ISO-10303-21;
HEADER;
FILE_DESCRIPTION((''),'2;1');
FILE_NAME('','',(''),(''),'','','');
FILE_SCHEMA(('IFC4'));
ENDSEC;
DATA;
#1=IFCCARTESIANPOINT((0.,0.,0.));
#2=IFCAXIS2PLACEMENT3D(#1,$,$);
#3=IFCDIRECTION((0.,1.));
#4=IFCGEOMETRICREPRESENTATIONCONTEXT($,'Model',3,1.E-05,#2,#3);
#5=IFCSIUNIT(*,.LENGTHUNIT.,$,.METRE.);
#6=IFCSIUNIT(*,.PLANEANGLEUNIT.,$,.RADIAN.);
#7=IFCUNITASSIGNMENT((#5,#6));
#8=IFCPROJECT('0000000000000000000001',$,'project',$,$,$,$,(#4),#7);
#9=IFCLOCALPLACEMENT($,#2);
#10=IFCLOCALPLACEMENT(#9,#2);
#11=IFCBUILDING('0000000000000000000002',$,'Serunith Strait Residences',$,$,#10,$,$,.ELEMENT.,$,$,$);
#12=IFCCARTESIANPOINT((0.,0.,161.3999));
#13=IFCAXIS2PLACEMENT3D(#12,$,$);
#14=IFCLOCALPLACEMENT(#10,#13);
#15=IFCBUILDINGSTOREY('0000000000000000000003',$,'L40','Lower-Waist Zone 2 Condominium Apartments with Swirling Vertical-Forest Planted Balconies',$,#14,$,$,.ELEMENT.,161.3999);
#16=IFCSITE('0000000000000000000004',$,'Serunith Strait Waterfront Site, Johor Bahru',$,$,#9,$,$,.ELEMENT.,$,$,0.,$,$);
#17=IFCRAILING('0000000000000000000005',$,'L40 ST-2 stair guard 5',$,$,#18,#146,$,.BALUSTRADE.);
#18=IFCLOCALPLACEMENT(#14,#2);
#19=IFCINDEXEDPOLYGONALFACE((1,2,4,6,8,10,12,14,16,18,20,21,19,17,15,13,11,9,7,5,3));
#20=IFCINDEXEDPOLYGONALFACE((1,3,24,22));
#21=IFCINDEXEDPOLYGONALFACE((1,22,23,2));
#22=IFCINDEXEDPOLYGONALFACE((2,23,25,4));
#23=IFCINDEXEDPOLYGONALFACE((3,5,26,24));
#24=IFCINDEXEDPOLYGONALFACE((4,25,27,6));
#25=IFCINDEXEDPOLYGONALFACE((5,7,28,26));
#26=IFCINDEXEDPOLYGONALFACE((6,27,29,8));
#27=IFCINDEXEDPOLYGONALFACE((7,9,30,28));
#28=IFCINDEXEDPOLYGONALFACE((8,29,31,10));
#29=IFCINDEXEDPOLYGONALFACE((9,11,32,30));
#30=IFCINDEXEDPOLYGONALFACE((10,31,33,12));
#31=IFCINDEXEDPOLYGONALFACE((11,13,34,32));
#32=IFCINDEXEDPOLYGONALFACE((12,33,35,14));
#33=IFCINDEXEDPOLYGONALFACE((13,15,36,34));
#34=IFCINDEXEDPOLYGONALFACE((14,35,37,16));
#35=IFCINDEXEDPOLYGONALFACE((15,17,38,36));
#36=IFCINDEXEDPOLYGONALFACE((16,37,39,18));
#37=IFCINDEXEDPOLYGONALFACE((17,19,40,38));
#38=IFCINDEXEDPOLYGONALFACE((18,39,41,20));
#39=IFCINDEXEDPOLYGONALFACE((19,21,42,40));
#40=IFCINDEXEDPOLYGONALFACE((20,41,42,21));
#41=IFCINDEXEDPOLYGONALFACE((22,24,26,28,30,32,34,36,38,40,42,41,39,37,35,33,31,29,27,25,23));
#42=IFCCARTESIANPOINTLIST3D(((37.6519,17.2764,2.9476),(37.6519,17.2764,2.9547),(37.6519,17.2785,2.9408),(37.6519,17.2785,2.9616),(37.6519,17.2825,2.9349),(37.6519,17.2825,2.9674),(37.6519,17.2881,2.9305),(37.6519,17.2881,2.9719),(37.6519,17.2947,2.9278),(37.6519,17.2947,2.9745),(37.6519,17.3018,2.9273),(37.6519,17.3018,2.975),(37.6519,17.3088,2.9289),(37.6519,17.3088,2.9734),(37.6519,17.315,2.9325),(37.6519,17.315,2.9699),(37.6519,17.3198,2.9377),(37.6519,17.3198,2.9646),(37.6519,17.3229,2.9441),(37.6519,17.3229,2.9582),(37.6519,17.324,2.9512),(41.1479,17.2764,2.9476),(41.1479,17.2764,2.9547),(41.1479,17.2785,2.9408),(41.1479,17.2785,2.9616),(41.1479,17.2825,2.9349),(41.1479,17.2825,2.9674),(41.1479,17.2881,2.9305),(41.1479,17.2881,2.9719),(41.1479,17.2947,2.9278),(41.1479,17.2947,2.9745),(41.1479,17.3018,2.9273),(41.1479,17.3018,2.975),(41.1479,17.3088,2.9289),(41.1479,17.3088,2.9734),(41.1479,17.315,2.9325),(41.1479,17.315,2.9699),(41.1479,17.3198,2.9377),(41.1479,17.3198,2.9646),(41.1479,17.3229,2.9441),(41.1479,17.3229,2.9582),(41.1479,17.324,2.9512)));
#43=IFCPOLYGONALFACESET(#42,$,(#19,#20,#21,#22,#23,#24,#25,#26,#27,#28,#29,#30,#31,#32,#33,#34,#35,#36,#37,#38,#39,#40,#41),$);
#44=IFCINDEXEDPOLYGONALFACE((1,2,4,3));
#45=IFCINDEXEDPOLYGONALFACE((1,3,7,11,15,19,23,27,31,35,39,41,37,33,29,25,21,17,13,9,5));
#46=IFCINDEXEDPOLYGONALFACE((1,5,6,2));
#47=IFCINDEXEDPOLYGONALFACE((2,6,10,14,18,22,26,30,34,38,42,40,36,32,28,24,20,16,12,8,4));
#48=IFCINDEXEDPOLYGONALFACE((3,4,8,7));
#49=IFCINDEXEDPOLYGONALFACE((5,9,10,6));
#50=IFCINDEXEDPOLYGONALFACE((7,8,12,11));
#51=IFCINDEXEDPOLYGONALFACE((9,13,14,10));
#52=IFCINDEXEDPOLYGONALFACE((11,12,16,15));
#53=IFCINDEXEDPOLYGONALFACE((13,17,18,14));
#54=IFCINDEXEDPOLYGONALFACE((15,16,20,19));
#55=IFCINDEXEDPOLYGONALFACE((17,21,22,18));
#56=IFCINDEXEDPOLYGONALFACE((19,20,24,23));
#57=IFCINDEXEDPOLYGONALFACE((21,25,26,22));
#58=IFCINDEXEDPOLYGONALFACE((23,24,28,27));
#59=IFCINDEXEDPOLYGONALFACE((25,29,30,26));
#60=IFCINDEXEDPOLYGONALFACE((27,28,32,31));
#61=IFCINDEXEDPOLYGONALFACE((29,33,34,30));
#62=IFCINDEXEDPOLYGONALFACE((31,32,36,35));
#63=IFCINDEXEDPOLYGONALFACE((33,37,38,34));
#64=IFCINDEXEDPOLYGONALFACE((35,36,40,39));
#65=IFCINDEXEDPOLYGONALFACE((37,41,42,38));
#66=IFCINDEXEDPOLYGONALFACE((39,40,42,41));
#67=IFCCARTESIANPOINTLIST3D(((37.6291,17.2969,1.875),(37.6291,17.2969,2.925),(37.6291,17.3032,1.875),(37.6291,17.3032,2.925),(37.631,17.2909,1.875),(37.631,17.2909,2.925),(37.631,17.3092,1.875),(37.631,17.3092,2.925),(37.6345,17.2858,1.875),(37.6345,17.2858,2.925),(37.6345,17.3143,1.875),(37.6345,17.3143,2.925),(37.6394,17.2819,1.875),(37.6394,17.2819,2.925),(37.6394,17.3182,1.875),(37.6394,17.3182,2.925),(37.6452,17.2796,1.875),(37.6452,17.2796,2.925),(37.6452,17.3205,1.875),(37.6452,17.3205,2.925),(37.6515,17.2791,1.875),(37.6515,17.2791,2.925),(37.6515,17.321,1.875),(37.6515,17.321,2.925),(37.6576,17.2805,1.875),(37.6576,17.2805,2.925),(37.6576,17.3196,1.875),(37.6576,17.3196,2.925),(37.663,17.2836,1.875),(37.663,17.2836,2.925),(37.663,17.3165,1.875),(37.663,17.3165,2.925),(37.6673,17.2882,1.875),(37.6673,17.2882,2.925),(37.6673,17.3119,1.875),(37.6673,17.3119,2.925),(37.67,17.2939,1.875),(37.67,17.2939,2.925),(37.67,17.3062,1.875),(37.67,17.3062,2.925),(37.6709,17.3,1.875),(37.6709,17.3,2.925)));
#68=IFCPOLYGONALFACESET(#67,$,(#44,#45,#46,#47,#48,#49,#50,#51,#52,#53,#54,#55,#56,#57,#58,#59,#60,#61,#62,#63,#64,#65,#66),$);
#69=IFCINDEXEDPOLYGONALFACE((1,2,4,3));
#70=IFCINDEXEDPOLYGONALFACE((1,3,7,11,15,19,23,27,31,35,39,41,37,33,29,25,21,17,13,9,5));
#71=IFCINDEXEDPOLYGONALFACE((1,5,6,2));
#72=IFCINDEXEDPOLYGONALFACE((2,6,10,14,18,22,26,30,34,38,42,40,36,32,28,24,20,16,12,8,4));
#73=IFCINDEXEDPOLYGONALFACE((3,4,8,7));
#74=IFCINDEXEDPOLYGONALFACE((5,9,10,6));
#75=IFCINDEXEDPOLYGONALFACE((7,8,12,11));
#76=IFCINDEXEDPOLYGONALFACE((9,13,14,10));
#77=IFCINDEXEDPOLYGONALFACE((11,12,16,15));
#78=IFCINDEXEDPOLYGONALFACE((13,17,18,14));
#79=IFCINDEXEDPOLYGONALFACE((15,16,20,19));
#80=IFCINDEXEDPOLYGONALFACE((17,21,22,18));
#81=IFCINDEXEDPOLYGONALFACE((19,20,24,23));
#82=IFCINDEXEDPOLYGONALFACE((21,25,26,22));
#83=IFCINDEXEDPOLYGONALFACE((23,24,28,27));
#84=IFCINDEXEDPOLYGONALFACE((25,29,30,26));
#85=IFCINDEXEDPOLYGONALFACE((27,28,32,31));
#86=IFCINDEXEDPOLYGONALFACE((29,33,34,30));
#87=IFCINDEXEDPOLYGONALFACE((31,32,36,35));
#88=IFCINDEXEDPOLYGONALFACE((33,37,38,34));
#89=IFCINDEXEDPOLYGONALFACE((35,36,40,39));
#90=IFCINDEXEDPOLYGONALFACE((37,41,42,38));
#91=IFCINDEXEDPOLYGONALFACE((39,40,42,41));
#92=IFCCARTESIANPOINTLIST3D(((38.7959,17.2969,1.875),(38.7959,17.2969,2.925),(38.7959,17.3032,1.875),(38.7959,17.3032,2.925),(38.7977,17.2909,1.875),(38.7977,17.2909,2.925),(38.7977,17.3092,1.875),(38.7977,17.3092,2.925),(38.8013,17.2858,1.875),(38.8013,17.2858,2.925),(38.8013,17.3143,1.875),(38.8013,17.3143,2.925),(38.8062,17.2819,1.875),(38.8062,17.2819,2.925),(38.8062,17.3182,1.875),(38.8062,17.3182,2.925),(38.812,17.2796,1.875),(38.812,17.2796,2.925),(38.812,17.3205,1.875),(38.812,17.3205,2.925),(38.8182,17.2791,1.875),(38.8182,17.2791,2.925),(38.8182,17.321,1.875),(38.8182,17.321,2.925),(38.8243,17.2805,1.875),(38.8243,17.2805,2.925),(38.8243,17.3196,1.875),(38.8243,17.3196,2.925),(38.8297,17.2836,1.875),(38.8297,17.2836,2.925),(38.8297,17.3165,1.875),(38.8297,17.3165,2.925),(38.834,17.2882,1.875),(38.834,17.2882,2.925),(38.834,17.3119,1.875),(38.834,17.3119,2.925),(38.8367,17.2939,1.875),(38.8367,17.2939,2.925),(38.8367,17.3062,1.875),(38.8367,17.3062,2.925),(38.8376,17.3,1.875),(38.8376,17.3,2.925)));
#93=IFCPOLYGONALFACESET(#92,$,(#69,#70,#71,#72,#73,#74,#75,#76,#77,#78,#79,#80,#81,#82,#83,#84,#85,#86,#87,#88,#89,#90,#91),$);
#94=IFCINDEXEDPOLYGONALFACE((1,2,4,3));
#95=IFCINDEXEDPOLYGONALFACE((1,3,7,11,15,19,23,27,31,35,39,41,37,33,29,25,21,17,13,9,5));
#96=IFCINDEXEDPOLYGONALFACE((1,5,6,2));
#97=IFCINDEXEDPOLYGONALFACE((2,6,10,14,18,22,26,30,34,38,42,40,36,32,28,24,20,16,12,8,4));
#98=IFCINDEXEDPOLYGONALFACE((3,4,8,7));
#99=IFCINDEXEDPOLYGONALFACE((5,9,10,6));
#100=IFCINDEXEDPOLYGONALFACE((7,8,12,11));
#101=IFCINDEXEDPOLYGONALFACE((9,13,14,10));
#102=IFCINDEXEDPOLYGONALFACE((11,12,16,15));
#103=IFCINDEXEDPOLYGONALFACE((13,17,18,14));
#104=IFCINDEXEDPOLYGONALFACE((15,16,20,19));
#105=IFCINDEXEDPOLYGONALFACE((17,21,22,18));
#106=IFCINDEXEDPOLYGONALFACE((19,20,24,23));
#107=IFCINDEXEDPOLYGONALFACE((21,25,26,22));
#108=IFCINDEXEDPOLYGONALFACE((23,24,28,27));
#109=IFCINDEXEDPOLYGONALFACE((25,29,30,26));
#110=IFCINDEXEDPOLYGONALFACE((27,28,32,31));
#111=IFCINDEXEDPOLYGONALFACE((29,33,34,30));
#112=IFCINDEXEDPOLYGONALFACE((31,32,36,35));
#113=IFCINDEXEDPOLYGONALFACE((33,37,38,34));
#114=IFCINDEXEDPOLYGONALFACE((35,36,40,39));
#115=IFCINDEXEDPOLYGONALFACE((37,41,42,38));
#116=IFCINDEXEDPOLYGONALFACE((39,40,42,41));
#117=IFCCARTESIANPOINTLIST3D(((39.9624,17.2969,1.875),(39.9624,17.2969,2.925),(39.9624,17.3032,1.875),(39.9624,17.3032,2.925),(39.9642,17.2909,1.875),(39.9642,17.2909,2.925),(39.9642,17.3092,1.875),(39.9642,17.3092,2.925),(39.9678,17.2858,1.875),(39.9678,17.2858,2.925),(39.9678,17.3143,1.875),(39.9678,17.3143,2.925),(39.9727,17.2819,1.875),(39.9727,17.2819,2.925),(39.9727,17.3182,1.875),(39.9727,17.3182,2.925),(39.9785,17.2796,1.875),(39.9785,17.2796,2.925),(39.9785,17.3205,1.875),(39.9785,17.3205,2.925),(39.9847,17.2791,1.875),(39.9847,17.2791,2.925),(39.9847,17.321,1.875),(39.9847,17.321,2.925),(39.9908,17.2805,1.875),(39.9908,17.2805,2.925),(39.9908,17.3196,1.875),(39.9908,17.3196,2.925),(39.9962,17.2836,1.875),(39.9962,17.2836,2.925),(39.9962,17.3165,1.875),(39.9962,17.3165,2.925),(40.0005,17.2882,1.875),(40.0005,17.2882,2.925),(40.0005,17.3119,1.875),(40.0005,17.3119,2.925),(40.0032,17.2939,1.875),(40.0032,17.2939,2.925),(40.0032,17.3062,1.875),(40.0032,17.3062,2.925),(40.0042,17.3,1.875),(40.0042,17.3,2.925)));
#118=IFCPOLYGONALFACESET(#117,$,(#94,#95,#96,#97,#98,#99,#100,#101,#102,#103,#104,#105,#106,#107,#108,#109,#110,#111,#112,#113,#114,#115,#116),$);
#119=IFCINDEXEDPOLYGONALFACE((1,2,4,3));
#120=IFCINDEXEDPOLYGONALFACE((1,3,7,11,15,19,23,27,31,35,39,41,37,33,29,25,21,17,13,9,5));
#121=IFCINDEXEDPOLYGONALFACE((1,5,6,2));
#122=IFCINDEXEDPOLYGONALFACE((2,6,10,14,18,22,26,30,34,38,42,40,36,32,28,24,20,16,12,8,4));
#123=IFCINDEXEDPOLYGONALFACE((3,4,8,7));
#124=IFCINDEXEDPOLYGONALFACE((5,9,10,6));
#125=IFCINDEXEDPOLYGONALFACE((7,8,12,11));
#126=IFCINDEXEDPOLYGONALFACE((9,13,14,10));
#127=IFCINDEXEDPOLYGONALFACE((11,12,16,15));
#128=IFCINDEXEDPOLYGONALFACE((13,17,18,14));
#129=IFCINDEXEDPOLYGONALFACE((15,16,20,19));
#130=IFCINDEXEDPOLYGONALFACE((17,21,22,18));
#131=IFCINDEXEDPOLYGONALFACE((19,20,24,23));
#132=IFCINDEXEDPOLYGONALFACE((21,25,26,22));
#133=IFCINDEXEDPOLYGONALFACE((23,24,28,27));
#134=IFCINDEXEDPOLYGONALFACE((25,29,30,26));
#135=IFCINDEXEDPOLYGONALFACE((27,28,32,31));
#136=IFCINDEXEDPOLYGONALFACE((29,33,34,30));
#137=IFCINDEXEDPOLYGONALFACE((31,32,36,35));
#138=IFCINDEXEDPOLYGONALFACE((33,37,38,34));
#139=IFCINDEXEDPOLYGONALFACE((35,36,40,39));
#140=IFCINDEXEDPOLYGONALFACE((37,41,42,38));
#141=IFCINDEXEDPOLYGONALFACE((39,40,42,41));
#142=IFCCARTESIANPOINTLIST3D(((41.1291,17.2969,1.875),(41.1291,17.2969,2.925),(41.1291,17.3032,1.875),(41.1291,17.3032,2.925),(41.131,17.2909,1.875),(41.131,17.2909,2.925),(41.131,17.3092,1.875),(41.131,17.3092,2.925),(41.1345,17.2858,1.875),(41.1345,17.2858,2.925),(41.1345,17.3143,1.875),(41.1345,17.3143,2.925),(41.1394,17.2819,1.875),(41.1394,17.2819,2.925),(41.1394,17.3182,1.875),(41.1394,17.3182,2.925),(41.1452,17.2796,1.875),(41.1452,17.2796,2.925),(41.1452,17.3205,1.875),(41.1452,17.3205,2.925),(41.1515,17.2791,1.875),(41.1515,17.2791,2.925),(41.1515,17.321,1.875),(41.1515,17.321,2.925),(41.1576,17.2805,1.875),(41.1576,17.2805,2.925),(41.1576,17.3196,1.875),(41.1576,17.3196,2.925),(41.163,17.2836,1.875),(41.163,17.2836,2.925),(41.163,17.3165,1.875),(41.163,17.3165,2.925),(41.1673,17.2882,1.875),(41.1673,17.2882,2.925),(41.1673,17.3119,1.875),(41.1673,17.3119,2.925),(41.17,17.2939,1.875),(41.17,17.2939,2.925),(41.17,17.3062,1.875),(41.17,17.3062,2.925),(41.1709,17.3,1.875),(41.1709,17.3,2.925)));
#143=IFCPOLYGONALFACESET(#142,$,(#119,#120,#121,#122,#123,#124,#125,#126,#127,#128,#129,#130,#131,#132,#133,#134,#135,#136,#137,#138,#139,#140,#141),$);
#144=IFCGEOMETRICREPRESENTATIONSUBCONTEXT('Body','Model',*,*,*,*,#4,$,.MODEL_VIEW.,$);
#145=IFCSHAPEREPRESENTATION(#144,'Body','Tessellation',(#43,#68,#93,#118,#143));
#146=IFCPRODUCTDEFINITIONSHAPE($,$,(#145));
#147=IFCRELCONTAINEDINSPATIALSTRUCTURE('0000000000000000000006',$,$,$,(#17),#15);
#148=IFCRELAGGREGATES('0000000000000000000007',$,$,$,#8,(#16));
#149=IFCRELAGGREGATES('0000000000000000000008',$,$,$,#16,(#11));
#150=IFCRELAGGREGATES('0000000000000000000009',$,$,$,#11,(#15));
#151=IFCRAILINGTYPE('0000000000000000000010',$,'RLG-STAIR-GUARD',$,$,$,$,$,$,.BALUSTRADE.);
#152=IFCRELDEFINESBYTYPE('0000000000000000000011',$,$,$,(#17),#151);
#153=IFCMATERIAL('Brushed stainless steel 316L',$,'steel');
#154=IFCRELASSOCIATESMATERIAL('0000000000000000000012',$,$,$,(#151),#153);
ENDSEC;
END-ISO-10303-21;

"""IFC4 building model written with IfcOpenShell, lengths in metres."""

from ifc_helpers import new_model, si_unit, direction, frame, origin, origin_2d, place, context, subcontext, project, spatial, circle, extrude, material, type_object, element, save


model = new_model("IFC4")

# Units and contexts
model_context = context("Model", 3, precision=1e-05, world=origin(), true_north=direction((0.0, 1.0)))
body_context = subcontext(model_context, "Body", "Model", "MODEL_VIEW")
ifc_project = project(units=[si_unit("LENGTHUNIT", "METRE"), si_unit("PLANEANGLEUNIT", "RADIAN")], contexts=[model_context])

# Site, building, storey
site_placement = place(None, origin())
site = spatial("IfcSite", under=ifc_project, at=site_placement, Name="Serunith Strait Waterfront Site, Johor Bahru", CompositionType="ELEMENT", RefElevation=0.0)
building_placement = place(site_placement, origin())
building = spatial("IfcBuilding", under=site, at=building_placement, Name="Serunith Strait Residences", CompositionType="ELEMENT")
storey_placement = place(building_placement, frame((0.0, 0.0, 161.3999)))
storey = spatial("IfcBuildingStorey", under=building, at=storey_placement, Name="L40", Description="Lower-Waist Zone 2 Condominium Apartments with Swirling Vertical-Forest Planted Balconies", CompositionType="ELEMENT", Elevation=161.3999)

# Railing
ifc_material_1 = material(Name="Brushed stainless steel 316L", Category="steel")
railing_type_1 = type_object("IfcRailingType", Name="RLG-STAIR-GUARD", PredefinedType="BALUSTRADE", material=ifc_material_1)
railing_1_placement = place(storey_placement, frame((37.6499, 17.3, 1.875)))
element("IfcRailing", 1, at=railing_1_placement, inside=storey, type_object=railing_type_1, Name="L40 ST-2 stair guard 5", PredefinedType="BALUSTRADE", context=body_context, shape_type="SweptSolid", body=[
    extrude(circle(Radius=0.0239, at=origin_2d()), frame((0.002, 0.0, 1.0762), z_axis=(1.0, 0.0, 0.0), x_axis=(0.0, 1.0, 0.0)), (0.0, 0.0, 1.0), 3.4961),
    extrude(circle(Radius=0.021, at=origin_2d()), origin(), (0.0, 0.0, 1.0), 1.05),
    extrude(circle(Radius=0.021, at=origin_2d()), frame((1.1667, 0.0, 0.0)), (0.0, 0.0, 1.0), 1.05),
    extrude(circle(Radius=0.021, at=origin_2d()), frame((2.3333, 0.0, 0.0)), (0.0, 0.0, 1.0), 1.05),
    extrude(circle(Radius=0.021, at=origin_2d()), frame((3.5, 0.0, 0.0)), (0.0, 0.0, 1.0), 1.05),
])

save(model, "model.ifc")
